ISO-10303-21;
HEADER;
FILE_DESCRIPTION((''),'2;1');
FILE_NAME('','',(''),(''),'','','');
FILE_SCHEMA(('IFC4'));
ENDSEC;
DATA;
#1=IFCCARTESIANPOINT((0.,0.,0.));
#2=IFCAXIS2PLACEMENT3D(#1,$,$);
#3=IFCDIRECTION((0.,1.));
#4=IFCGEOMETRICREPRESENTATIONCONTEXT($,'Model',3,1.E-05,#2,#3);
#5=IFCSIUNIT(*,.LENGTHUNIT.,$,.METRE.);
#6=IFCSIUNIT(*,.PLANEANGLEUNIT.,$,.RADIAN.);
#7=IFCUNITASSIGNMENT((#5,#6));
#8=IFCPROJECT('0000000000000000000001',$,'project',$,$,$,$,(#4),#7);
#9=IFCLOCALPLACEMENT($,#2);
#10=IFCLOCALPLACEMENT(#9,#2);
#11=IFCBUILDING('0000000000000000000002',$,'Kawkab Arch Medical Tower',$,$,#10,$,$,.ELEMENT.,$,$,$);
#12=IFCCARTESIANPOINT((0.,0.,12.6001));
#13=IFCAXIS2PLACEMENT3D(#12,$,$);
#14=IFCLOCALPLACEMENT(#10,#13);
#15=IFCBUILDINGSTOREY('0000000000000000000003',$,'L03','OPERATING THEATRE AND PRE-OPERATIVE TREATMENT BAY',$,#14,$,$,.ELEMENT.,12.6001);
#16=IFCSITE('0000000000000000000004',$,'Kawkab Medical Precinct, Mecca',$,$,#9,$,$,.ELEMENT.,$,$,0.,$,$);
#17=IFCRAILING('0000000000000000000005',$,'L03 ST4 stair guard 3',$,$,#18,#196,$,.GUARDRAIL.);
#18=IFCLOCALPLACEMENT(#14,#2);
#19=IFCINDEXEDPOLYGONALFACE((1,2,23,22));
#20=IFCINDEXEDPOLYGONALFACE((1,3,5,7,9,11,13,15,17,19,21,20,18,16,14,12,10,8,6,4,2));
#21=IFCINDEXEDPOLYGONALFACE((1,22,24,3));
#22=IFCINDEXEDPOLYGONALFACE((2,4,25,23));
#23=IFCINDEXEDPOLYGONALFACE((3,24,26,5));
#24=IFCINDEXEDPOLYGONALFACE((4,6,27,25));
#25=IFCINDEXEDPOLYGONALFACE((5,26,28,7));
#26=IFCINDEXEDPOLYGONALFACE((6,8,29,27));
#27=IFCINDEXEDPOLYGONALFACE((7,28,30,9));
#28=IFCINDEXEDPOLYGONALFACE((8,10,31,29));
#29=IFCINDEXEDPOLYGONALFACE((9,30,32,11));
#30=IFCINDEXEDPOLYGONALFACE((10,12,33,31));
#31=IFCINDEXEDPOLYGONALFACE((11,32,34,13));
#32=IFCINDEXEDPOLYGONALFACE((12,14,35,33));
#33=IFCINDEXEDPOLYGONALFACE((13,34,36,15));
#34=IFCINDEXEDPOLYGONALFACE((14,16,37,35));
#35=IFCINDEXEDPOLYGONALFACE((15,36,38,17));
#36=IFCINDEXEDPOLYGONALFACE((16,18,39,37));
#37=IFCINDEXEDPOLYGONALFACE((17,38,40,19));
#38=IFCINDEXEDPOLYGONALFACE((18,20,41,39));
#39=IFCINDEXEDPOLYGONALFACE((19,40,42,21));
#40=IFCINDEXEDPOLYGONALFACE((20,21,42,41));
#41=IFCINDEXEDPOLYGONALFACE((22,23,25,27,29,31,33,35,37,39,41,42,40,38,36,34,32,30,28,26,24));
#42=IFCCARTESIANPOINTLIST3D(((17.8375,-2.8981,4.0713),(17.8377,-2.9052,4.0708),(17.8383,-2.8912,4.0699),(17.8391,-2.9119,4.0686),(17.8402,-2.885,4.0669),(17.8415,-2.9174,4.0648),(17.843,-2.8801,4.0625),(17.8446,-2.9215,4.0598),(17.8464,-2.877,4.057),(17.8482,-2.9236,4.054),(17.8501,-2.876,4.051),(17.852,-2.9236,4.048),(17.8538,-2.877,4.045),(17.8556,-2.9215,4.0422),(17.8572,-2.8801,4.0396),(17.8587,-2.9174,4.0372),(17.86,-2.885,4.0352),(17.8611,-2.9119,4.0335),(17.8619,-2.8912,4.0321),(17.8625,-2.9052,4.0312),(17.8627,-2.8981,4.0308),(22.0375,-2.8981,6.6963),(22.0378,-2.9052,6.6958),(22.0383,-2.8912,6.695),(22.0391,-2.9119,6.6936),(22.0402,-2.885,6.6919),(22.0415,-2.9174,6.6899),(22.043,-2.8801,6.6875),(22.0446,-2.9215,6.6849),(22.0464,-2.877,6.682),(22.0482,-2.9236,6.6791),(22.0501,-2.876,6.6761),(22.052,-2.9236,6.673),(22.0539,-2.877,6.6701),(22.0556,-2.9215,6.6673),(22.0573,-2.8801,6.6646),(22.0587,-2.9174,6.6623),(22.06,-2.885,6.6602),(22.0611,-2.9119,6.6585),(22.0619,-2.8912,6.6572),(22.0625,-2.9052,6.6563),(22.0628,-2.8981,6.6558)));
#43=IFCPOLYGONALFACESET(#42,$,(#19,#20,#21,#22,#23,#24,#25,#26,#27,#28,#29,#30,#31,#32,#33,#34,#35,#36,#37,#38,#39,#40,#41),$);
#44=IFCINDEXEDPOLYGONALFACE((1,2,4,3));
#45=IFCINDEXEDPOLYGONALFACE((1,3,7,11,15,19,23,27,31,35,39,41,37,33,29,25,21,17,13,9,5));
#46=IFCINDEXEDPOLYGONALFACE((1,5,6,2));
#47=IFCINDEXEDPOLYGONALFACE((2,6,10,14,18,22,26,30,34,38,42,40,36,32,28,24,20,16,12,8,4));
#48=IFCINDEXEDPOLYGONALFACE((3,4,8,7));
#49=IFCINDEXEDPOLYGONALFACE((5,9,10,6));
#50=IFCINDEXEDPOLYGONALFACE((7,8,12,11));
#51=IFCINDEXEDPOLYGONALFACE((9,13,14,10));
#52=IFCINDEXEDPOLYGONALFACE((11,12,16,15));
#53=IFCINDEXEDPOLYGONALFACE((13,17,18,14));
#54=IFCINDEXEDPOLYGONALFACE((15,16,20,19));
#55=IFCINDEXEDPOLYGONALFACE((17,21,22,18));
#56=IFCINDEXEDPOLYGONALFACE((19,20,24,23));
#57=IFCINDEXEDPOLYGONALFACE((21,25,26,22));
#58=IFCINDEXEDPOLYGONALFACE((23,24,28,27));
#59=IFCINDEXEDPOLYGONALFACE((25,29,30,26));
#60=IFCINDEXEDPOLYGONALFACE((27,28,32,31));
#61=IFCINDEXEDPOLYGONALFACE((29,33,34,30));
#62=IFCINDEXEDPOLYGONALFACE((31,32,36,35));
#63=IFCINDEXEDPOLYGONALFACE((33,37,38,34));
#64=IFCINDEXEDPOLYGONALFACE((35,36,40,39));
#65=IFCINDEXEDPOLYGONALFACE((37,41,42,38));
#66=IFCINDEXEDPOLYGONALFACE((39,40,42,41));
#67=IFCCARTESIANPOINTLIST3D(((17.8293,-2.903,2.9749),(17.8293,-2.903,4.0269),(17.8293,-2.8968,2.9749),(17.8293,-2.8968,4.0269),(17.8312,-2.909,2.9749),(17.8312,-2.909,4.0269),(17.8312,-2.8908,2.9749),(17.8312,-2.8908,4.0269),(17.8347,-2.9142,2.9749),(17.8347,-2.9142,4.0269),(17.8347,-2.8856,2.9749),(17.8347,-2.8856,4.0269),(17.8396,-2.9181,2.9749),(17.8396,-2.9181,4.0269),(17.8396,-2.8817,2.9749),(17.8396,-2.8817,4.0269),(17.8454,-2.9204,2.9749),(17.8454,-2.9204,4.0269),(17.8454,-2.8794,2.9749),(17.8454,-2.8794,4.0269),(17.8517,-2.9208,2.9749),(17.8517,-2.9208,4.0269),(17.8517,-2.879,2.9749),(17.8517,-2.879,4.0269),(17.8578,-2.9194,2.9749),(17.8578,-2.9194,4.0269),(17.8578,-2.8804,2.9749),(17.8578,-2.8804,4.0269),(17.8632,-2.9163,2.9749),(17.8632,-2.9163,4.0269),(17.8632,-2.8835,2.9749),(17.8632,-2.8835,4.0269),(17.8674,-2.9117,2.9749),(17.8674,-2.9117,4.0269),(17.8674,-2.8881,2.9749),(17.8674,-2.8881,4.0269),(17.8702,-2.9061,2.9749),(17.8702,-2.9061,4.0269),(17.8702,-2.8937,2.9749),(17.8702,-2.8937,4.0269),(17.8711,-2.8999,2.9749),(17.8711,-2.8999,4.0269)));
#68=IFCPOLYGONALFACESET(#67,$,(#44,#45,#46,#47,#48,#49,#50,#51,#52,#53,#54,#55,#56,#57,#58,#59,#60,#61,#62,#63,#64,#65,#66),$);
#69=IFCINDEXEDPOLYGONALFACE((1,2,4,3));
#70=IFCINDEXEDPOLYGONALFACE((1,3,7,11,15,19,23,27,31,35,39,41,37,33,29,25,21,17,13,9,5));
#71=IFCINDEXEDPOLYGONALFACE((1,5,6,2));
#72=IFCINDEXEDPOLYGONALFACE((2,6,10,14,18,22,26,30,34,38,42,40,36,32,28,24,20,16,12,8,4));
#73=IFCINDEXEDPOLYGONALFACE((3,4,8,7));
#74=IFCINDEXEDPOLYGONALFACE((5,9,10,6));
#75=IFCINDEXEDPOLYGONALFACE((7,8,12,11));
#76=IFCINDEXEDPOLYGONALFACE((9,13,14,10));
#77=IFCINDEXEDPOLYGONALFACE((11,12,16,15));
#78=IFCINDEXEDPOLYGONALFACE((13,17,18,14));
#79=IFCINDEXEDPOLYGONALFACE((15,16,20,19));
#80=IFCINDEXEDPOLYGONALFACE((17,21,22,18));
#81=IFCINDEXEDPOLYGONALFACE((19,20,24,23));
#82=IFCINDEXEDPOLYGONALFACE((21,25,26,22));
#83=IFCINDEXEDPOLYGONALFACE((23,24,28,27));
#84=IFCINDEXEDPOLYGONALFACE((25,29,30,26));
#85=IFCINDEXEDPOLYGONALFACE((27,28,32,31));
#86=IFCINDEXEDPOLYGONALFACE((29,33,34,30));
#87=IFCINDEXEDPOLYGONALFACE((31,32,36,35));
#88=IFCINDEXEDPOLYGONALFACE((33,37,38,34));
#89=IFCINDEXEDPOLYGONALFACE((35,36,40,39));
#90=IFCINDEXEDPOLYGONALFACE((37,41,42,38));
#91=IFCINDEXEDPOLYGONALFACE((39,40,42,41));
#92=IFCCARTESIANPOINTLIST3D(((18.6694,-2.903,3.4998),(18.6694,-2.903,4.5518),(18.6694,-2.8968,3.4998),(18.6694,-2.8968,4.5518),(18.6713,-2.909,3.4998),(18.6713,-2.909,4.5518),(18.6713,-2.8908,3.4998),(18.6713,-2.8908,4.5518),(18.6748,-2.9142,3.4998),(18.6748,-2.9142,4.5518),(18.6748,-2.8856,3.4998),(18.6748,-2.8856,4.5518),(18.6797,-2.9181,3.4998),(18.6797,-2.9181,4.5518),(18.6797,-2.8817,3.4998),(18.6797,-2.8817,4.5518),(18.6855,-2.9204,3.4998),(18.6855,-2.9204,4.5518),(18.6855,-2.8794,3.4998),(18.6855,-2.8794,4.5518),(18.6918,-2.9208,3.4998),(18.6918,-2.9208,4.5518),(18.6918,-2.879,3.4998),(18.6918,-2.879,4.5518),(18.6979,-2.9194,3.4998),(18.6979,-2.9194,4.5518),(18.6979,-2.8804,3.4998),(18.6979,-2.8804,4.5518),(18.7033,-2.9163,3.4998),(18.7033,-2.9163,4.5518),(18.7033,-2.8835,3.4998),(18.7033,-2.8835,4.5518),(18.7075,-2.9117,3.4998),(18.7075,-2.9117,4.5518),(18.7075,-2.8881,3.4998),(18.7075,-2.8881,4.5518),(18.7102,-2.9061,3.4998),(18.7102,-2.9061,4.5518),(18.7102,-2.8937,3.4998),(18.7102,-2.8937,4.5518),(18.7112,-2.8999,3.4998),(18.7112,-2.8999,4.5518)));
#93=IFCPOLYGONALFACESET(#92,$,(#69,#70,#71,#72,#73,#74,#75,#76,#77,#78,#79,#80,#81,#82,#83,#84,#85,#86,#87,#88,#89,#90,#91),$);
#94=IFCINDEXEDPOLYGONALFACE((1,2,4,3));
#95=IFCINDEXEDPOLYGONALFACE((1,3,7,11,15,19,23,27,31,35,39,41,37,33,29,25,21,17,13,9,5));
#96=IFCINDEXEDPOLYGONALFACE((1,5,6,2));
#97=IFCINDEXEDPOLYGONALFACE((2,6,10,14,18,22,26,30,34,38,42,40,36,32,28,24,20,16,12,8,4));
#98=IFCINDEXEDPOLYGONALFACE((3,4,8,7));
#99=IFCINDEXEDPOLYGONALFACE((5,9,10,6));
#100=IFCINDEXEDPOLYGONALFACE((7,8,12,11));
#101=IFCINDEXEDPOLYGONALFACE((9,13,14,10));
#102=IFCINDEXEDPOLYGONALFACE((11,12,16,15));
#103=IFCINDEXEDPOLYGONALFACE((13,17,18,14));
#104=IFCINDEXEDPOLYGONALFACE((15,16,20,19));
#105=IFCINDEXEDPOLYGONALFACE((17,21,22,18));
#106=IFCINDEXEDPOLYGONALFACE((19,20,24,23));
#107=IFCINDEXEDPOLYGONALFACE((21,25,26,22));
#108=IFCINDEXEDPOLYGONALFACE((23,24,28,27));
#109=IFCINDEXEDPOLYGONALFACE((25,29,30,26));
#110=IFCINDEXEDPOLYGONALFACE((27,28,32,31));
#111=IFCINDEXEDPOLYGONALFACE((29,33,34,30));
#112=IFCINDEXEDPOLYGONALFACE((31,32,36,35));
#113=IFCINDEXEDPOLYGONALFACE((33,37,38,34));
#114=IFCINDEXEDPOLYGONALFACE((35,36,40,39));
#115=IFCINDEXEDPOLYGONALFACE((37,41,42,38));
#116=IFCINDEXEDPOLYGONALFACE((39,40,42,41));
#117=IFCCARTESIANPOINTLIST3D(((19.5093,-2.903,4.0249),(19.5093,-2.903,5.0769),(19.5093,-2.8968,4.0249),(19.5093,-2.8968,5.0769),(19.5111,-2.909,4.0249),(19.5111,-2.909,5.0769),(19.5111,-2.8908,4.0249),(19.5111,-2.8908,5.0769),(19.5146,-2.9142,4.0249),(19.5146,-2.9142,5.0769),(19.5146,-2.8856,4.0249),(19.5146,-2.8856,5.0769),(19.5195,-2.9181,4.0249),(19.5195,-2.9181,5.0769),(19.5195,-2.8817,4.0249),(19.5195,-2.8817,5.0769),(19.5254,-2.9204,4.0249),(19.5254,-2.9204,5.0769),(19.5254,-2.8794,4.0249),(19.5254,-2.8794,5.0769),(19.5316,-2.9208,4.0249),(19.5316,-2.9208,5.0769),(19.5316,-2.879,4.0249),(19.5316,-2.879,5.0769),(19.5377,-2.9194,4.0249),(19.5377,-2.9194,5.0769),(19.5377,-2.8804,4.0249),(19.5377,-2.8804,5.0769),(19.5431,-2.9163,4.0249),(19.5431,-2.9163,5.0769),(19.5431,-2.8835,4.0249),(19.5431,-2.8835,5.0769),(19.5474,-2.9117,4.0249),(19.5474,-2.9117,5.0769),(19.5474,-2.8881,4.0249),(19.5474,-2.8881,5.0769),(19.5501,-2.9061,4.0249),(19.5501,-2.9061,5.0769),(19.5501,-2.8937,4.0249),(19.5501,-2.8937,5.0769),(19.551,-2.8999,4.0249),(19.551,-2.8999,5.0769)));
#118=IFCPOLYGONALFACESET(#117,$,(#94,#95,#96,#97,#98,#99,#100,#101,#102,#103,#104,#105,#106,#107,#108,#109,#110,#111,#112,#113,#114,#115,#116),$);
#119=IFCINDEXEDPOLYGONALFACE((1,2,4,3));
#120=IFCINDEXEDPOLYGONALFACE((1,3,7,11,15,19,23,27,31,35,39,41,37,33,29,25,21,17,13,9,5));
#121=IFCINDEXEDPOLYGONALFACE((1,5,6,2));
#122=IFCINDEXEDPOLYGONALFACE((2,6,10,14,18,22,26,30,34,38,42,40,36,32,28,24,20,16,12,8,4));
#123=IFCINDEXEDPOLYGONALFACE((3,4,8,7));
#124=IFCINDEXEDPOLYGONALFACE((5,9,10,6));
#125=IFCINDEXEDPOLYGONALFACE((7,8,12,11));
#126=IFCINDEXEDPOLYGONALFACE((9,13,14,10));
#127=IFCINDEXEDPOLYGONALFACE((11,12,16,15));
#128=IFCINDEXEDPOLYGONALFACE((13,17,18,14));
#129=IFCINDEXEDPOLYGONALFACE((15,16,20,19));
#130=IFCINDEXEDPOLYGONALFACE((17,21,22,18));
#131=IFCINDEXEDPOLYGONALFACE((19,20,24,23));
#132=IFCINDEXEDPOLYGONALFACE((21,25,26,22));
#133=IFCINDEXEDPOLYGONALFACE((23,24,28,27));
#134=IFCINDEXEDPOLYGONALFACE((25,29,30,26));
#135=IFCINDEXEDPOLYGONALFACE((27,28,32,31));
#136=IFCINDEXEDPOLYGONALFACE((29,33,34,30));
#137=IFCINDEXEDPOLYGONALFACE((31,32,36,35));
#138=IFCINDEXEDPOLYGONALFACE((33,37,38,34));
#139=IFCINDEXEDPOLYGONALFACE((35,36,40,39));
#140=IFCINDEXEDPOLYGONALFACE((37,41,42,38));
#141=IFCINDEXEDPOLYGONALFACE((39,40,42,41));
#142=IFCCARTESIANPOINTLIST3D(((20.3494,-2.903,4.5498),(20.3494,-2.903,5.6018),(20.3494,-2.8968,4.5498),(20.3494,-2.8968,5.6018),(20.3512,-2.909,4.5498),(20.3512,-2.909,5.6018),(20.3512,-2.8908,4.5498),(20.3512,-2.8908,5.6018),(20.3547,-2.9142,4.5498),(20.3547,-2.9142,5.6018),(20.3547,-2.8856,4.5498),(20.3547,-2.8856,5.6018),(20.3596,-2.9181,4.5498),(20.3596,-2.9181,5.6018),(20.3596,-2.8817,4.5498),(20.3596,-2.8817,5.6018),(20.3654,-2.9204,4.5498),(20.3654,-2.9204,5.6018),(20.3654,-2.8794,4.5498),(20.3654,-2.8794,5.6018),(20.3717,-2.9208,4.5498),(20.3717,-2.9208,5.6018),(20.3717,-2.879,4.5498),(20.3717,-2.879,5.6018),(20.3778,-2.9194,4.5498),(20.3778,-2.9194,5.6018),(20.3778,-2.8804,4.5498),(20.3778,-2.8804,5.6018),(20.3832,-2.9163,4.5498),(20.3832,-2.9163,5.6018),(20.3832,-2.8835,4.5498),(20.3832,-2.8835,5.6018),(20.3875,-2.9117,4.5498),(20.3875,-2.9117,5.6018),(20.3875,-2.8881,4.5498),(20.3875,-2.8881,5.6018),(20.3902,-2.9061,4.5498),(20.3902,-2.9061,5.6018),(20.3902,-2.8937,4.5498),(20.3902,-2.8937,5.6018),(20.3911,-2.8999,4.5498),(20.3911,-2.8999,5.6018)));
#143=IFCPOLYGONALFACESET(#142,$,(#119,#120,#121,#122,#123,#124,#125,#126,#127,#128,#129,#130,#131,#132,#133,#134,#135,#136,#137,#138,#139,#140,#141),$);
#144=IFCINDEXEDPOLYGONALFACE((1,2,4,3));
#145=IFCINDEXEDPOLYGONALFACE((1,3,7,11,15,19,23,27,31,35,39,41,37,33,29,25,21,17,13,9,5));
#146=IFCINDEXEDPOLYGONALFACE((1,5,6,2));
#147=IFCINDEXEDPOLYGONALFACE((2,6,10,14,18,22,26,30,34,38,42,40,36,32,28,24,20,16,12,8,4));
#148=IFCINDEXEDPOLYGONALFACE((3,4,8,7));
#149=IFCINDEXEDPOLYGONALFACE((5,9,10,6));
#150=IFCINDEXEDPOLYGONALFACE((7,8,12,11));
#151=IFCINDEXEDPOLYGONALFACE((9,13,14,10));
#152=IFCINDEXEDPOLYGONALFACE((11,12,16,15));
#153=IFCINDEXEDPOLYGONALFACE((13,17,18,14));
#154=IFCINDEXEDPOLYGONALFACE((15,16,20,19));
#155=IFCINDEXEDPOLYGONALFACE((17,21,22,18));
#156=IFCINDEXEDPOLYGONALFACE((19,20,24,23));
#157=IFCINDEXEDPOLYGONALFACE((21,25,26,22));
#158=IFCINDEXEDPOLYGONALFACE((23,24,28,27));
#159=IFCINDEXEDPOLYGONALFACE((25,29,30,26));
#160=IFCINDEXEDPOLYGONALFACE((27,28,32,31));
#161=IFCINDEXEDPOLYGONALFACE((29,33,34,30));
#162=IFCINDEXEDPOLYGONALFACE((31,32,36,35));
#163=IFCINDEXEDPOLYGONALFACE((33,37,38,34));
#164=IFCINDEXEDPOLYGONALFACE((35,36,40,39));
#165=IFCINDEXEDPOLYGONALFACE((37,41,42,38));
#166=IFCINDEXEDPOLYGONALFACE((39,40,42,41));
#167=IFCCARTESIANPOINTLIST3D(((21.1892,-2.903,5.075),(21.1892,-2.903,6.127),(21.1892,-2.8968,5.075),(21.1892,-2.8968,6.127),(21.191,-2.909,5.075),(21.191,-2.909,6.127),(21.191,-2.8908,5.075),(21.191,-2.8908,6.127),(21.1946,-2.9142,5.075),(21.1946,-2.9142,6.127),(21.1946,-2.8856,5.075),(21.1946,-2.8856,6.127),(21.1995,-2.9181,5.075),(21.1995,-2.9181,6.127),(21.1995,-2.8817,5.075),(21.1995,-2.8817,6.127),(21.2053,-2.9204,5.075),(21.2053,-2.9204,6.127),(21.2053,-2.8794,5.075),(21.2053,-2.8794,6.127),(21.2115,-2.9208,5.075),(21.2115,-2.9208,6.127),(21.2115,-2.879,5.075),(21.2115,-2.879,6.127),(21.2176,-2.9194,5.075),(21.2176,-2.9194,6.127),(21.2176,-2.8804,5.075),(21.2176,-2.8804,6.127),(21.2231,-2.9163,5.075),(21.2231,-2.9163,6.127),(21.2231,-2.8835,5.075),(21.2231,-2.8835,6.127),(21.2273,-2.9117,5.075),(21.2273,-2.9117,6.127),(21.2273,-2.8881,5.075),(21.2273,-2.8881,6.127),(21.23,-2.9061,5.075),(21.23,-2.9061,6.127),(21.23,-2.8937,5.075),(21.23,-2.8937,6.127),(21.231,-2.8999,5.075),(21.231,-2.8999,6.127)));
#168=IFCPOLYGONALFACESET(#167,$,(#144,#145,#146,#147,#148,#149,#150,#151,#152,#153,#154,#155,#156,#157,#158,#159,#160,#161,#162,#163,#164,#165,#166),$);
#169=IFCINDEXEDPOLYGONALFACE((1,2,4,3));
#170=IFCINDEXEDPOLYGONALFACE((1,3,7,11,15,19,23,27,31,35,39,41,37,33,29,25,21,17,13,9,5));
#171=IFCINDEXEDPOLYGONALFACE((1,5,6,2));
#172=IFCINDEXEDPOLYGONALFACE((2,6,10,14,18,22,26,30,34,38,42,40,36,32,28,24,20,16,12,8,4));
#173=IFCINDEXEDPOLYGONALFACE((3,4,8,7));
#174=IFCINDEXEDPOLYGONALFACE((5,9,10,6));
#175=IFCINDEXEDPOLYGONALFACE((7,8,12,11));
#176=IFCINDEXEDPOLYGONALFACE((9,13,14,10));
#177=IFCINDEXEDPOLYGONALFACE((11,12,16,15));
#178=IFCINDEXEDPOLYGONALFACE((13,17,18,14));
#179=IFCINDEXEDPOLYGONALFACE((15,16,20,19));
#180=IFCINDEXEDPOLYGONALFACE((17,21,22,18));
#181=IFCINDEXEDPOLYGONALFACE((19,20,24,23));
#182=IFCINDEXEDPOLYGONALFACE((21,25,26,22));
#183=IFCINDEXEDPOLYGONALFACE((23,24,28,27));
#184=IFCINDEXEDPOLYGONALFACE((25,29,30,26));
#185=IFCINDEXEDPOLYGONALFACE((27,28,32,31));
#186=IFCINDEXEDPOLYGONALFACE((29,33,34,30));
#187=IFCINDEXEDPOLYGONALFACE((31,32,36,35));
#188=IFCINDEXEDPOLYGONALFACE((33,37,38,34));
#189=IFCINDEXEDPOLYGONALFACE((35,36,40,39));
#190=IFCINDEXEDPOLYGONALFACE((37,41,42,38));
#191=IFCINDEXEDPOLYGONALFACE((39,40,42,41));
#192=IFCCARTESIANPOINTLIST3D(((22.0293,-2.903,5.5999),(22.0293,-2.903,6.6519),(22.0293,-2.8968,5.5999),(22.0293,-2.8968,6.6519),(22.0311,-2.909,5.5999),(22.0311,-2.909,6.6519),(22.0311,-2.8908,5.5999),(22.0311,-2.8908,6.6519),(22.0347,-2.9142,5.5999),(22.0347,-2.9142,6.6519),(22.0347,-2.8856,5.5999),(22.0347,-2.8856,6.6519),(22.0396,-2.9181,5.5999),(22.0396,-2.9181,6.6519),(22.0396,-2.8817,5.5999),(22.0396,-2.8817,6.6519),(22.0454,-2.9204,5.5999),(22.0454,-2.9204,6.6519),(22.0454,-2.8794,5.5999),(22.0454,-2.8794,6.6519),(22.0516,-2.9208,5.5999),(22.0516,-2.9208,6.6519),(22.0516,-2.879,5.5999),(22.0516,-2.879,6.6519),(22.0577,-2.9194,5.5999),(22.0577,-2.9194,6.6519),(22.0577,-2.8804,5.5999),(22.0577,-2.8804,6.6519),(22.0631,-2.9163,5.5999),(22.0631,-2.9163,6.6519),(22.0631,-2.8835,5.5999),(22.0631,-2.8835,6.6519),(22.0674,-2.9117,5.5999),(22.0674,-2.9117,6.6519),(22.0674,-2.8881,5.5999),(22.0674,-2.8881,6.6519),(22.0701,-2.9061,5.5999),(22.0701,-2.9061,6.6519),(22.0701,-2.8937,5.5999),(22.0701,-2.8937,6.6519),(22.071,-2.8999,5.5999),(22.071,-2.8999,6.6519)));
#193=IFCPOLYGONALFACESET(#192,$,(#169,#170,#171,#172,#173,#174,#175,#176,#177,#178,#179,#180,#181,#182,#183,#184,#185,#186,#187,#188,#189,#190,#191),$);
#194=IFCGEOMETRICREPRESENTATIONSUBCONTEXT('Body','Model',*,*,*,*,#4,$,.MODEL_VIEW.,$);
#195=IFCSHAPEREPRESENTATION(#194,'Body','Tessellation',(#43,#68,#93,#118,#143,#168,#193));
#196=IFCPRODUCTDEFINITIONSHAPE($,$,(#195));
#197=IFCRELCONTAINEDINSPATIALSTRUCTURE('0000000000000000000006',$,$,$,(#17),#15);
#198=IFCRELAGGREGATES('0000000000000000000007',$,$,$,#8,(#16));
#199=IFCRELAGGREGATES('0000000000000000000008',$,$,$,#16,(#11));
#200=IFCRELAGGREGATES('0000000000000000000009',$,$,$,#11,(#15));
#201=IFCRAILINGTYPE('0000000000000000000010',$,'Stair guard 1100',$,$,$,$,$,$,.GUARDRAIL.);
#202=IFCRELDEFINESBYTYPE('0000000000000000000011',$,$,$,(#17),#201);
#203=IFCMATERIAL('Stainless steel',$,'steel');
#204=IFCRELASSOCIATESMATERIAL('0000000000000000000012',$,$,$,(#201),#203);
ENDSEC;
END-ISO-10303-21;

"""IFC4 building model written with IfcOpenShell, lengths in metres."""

from ifc_helpers import new_model, si_unit, direction, frame, origin, origin_2d, place, context, subcontext, project, spatial, circle, extrude, material, type_object, element, save


model = new_model("IFC4")

# Units and contexts
model_context = context("Model", 3, precision=1e-05, world=origin(), true_north=direction((0.0, 1.0)))
body_context = subcontext(model_context, "Body", "Model", "MODEL_VIEW")
ifc_project = project(units=[si_unit("LENGTHUNIT", "METRE"), si_unit("PLANEANGLEUNIT", "RADIAN")], contexts=[model_context])

# Site, building, storey
site_placement = place(None, origin())
site = spatial("IfcSite", under=ifc_project, at=site_placement, Name="Kawkab Medical Precinct, Mecca", CompositionType="ELEMENT", RefElevation=0.0)
building_placement = place(site_placement, origin())
building = spatial("IfcBuilding", under=site, at=building_placement, Name="Kawkab Arch Medical Tower", CompositionType="ELEMENT")
storey_placement = place(building_placement, frame((0.0, 0.0, 12.6001)))
storey = spatial("IfcBuildingStorey", under=building, at=storey_placement, Name="L03", Description="OPERATING THEATRE AND PRE-OPERATIVE TREATMENT BAY", CompositionType="ELEMENT", Elevation=12.6001)

# Railing
ifc_material_1 = material(Name="Stainless steel", Category="steel")
railing_type = type_object("IfcRailingType", Name="Stair guard 1100", PredefinedType="GUARDRAIL", material=ifc_material_1)
railing_1_placement = place(storey_placement, frame((17.8501, -2.8999, 2.9749)))
element("IfcRailing", 1, at=railing_1_placement, inside=storey, type_object=railing_type, Name="L03 ST4 stair guard 3", PredefinedType="GUARDRAIL", context=body_context, shape_type="SweptSolid", body=[
    extrude(circle(Radius=0.0239, at=origin_2d()), frame((0.0, 0.0, 1.0762), z_axis=(0.847996, 0.0, 0.530003), x_axis=(0.0, 1.0, 0.0)), (0.0, 0.0, 1.0), 4.9529),
    extrude(circle(Radius=0.021, at=origin_2d()), origin(), (0.0, 0.0, 1.0), 1.052),
    extrude(circle(Radius=0.021, at=origin_2d()), frame((0.8401, 0.0, 0.5249)), (0.0, 0.0, 1.0), 1.052),
    extrude(circle(Radius=0.021, at=origin_2d()), frame((1.6799, 0.0, 1.05)), (0.0, 0.0, 1.0), 1.052),
    extrude(circle(Radius=0.021, at=origin_2d()), frame((2.52, 0.0, 1.575)), (0.0, 0.0, 1.0), 1.052),
    extrude(circle(Radius=0.021, at=origin_2d()), frame((3.3599, 0.0, 2.1001)), (0.0, 0.0, 1.0), 1.052),
    extrude(circle(Radius=0.021, at=origin_2d()), frame((4.2, 0.0, 2.625)), (0.0, 0.0, 1.0), 1.052),
])

save(model, "model.ifc")
